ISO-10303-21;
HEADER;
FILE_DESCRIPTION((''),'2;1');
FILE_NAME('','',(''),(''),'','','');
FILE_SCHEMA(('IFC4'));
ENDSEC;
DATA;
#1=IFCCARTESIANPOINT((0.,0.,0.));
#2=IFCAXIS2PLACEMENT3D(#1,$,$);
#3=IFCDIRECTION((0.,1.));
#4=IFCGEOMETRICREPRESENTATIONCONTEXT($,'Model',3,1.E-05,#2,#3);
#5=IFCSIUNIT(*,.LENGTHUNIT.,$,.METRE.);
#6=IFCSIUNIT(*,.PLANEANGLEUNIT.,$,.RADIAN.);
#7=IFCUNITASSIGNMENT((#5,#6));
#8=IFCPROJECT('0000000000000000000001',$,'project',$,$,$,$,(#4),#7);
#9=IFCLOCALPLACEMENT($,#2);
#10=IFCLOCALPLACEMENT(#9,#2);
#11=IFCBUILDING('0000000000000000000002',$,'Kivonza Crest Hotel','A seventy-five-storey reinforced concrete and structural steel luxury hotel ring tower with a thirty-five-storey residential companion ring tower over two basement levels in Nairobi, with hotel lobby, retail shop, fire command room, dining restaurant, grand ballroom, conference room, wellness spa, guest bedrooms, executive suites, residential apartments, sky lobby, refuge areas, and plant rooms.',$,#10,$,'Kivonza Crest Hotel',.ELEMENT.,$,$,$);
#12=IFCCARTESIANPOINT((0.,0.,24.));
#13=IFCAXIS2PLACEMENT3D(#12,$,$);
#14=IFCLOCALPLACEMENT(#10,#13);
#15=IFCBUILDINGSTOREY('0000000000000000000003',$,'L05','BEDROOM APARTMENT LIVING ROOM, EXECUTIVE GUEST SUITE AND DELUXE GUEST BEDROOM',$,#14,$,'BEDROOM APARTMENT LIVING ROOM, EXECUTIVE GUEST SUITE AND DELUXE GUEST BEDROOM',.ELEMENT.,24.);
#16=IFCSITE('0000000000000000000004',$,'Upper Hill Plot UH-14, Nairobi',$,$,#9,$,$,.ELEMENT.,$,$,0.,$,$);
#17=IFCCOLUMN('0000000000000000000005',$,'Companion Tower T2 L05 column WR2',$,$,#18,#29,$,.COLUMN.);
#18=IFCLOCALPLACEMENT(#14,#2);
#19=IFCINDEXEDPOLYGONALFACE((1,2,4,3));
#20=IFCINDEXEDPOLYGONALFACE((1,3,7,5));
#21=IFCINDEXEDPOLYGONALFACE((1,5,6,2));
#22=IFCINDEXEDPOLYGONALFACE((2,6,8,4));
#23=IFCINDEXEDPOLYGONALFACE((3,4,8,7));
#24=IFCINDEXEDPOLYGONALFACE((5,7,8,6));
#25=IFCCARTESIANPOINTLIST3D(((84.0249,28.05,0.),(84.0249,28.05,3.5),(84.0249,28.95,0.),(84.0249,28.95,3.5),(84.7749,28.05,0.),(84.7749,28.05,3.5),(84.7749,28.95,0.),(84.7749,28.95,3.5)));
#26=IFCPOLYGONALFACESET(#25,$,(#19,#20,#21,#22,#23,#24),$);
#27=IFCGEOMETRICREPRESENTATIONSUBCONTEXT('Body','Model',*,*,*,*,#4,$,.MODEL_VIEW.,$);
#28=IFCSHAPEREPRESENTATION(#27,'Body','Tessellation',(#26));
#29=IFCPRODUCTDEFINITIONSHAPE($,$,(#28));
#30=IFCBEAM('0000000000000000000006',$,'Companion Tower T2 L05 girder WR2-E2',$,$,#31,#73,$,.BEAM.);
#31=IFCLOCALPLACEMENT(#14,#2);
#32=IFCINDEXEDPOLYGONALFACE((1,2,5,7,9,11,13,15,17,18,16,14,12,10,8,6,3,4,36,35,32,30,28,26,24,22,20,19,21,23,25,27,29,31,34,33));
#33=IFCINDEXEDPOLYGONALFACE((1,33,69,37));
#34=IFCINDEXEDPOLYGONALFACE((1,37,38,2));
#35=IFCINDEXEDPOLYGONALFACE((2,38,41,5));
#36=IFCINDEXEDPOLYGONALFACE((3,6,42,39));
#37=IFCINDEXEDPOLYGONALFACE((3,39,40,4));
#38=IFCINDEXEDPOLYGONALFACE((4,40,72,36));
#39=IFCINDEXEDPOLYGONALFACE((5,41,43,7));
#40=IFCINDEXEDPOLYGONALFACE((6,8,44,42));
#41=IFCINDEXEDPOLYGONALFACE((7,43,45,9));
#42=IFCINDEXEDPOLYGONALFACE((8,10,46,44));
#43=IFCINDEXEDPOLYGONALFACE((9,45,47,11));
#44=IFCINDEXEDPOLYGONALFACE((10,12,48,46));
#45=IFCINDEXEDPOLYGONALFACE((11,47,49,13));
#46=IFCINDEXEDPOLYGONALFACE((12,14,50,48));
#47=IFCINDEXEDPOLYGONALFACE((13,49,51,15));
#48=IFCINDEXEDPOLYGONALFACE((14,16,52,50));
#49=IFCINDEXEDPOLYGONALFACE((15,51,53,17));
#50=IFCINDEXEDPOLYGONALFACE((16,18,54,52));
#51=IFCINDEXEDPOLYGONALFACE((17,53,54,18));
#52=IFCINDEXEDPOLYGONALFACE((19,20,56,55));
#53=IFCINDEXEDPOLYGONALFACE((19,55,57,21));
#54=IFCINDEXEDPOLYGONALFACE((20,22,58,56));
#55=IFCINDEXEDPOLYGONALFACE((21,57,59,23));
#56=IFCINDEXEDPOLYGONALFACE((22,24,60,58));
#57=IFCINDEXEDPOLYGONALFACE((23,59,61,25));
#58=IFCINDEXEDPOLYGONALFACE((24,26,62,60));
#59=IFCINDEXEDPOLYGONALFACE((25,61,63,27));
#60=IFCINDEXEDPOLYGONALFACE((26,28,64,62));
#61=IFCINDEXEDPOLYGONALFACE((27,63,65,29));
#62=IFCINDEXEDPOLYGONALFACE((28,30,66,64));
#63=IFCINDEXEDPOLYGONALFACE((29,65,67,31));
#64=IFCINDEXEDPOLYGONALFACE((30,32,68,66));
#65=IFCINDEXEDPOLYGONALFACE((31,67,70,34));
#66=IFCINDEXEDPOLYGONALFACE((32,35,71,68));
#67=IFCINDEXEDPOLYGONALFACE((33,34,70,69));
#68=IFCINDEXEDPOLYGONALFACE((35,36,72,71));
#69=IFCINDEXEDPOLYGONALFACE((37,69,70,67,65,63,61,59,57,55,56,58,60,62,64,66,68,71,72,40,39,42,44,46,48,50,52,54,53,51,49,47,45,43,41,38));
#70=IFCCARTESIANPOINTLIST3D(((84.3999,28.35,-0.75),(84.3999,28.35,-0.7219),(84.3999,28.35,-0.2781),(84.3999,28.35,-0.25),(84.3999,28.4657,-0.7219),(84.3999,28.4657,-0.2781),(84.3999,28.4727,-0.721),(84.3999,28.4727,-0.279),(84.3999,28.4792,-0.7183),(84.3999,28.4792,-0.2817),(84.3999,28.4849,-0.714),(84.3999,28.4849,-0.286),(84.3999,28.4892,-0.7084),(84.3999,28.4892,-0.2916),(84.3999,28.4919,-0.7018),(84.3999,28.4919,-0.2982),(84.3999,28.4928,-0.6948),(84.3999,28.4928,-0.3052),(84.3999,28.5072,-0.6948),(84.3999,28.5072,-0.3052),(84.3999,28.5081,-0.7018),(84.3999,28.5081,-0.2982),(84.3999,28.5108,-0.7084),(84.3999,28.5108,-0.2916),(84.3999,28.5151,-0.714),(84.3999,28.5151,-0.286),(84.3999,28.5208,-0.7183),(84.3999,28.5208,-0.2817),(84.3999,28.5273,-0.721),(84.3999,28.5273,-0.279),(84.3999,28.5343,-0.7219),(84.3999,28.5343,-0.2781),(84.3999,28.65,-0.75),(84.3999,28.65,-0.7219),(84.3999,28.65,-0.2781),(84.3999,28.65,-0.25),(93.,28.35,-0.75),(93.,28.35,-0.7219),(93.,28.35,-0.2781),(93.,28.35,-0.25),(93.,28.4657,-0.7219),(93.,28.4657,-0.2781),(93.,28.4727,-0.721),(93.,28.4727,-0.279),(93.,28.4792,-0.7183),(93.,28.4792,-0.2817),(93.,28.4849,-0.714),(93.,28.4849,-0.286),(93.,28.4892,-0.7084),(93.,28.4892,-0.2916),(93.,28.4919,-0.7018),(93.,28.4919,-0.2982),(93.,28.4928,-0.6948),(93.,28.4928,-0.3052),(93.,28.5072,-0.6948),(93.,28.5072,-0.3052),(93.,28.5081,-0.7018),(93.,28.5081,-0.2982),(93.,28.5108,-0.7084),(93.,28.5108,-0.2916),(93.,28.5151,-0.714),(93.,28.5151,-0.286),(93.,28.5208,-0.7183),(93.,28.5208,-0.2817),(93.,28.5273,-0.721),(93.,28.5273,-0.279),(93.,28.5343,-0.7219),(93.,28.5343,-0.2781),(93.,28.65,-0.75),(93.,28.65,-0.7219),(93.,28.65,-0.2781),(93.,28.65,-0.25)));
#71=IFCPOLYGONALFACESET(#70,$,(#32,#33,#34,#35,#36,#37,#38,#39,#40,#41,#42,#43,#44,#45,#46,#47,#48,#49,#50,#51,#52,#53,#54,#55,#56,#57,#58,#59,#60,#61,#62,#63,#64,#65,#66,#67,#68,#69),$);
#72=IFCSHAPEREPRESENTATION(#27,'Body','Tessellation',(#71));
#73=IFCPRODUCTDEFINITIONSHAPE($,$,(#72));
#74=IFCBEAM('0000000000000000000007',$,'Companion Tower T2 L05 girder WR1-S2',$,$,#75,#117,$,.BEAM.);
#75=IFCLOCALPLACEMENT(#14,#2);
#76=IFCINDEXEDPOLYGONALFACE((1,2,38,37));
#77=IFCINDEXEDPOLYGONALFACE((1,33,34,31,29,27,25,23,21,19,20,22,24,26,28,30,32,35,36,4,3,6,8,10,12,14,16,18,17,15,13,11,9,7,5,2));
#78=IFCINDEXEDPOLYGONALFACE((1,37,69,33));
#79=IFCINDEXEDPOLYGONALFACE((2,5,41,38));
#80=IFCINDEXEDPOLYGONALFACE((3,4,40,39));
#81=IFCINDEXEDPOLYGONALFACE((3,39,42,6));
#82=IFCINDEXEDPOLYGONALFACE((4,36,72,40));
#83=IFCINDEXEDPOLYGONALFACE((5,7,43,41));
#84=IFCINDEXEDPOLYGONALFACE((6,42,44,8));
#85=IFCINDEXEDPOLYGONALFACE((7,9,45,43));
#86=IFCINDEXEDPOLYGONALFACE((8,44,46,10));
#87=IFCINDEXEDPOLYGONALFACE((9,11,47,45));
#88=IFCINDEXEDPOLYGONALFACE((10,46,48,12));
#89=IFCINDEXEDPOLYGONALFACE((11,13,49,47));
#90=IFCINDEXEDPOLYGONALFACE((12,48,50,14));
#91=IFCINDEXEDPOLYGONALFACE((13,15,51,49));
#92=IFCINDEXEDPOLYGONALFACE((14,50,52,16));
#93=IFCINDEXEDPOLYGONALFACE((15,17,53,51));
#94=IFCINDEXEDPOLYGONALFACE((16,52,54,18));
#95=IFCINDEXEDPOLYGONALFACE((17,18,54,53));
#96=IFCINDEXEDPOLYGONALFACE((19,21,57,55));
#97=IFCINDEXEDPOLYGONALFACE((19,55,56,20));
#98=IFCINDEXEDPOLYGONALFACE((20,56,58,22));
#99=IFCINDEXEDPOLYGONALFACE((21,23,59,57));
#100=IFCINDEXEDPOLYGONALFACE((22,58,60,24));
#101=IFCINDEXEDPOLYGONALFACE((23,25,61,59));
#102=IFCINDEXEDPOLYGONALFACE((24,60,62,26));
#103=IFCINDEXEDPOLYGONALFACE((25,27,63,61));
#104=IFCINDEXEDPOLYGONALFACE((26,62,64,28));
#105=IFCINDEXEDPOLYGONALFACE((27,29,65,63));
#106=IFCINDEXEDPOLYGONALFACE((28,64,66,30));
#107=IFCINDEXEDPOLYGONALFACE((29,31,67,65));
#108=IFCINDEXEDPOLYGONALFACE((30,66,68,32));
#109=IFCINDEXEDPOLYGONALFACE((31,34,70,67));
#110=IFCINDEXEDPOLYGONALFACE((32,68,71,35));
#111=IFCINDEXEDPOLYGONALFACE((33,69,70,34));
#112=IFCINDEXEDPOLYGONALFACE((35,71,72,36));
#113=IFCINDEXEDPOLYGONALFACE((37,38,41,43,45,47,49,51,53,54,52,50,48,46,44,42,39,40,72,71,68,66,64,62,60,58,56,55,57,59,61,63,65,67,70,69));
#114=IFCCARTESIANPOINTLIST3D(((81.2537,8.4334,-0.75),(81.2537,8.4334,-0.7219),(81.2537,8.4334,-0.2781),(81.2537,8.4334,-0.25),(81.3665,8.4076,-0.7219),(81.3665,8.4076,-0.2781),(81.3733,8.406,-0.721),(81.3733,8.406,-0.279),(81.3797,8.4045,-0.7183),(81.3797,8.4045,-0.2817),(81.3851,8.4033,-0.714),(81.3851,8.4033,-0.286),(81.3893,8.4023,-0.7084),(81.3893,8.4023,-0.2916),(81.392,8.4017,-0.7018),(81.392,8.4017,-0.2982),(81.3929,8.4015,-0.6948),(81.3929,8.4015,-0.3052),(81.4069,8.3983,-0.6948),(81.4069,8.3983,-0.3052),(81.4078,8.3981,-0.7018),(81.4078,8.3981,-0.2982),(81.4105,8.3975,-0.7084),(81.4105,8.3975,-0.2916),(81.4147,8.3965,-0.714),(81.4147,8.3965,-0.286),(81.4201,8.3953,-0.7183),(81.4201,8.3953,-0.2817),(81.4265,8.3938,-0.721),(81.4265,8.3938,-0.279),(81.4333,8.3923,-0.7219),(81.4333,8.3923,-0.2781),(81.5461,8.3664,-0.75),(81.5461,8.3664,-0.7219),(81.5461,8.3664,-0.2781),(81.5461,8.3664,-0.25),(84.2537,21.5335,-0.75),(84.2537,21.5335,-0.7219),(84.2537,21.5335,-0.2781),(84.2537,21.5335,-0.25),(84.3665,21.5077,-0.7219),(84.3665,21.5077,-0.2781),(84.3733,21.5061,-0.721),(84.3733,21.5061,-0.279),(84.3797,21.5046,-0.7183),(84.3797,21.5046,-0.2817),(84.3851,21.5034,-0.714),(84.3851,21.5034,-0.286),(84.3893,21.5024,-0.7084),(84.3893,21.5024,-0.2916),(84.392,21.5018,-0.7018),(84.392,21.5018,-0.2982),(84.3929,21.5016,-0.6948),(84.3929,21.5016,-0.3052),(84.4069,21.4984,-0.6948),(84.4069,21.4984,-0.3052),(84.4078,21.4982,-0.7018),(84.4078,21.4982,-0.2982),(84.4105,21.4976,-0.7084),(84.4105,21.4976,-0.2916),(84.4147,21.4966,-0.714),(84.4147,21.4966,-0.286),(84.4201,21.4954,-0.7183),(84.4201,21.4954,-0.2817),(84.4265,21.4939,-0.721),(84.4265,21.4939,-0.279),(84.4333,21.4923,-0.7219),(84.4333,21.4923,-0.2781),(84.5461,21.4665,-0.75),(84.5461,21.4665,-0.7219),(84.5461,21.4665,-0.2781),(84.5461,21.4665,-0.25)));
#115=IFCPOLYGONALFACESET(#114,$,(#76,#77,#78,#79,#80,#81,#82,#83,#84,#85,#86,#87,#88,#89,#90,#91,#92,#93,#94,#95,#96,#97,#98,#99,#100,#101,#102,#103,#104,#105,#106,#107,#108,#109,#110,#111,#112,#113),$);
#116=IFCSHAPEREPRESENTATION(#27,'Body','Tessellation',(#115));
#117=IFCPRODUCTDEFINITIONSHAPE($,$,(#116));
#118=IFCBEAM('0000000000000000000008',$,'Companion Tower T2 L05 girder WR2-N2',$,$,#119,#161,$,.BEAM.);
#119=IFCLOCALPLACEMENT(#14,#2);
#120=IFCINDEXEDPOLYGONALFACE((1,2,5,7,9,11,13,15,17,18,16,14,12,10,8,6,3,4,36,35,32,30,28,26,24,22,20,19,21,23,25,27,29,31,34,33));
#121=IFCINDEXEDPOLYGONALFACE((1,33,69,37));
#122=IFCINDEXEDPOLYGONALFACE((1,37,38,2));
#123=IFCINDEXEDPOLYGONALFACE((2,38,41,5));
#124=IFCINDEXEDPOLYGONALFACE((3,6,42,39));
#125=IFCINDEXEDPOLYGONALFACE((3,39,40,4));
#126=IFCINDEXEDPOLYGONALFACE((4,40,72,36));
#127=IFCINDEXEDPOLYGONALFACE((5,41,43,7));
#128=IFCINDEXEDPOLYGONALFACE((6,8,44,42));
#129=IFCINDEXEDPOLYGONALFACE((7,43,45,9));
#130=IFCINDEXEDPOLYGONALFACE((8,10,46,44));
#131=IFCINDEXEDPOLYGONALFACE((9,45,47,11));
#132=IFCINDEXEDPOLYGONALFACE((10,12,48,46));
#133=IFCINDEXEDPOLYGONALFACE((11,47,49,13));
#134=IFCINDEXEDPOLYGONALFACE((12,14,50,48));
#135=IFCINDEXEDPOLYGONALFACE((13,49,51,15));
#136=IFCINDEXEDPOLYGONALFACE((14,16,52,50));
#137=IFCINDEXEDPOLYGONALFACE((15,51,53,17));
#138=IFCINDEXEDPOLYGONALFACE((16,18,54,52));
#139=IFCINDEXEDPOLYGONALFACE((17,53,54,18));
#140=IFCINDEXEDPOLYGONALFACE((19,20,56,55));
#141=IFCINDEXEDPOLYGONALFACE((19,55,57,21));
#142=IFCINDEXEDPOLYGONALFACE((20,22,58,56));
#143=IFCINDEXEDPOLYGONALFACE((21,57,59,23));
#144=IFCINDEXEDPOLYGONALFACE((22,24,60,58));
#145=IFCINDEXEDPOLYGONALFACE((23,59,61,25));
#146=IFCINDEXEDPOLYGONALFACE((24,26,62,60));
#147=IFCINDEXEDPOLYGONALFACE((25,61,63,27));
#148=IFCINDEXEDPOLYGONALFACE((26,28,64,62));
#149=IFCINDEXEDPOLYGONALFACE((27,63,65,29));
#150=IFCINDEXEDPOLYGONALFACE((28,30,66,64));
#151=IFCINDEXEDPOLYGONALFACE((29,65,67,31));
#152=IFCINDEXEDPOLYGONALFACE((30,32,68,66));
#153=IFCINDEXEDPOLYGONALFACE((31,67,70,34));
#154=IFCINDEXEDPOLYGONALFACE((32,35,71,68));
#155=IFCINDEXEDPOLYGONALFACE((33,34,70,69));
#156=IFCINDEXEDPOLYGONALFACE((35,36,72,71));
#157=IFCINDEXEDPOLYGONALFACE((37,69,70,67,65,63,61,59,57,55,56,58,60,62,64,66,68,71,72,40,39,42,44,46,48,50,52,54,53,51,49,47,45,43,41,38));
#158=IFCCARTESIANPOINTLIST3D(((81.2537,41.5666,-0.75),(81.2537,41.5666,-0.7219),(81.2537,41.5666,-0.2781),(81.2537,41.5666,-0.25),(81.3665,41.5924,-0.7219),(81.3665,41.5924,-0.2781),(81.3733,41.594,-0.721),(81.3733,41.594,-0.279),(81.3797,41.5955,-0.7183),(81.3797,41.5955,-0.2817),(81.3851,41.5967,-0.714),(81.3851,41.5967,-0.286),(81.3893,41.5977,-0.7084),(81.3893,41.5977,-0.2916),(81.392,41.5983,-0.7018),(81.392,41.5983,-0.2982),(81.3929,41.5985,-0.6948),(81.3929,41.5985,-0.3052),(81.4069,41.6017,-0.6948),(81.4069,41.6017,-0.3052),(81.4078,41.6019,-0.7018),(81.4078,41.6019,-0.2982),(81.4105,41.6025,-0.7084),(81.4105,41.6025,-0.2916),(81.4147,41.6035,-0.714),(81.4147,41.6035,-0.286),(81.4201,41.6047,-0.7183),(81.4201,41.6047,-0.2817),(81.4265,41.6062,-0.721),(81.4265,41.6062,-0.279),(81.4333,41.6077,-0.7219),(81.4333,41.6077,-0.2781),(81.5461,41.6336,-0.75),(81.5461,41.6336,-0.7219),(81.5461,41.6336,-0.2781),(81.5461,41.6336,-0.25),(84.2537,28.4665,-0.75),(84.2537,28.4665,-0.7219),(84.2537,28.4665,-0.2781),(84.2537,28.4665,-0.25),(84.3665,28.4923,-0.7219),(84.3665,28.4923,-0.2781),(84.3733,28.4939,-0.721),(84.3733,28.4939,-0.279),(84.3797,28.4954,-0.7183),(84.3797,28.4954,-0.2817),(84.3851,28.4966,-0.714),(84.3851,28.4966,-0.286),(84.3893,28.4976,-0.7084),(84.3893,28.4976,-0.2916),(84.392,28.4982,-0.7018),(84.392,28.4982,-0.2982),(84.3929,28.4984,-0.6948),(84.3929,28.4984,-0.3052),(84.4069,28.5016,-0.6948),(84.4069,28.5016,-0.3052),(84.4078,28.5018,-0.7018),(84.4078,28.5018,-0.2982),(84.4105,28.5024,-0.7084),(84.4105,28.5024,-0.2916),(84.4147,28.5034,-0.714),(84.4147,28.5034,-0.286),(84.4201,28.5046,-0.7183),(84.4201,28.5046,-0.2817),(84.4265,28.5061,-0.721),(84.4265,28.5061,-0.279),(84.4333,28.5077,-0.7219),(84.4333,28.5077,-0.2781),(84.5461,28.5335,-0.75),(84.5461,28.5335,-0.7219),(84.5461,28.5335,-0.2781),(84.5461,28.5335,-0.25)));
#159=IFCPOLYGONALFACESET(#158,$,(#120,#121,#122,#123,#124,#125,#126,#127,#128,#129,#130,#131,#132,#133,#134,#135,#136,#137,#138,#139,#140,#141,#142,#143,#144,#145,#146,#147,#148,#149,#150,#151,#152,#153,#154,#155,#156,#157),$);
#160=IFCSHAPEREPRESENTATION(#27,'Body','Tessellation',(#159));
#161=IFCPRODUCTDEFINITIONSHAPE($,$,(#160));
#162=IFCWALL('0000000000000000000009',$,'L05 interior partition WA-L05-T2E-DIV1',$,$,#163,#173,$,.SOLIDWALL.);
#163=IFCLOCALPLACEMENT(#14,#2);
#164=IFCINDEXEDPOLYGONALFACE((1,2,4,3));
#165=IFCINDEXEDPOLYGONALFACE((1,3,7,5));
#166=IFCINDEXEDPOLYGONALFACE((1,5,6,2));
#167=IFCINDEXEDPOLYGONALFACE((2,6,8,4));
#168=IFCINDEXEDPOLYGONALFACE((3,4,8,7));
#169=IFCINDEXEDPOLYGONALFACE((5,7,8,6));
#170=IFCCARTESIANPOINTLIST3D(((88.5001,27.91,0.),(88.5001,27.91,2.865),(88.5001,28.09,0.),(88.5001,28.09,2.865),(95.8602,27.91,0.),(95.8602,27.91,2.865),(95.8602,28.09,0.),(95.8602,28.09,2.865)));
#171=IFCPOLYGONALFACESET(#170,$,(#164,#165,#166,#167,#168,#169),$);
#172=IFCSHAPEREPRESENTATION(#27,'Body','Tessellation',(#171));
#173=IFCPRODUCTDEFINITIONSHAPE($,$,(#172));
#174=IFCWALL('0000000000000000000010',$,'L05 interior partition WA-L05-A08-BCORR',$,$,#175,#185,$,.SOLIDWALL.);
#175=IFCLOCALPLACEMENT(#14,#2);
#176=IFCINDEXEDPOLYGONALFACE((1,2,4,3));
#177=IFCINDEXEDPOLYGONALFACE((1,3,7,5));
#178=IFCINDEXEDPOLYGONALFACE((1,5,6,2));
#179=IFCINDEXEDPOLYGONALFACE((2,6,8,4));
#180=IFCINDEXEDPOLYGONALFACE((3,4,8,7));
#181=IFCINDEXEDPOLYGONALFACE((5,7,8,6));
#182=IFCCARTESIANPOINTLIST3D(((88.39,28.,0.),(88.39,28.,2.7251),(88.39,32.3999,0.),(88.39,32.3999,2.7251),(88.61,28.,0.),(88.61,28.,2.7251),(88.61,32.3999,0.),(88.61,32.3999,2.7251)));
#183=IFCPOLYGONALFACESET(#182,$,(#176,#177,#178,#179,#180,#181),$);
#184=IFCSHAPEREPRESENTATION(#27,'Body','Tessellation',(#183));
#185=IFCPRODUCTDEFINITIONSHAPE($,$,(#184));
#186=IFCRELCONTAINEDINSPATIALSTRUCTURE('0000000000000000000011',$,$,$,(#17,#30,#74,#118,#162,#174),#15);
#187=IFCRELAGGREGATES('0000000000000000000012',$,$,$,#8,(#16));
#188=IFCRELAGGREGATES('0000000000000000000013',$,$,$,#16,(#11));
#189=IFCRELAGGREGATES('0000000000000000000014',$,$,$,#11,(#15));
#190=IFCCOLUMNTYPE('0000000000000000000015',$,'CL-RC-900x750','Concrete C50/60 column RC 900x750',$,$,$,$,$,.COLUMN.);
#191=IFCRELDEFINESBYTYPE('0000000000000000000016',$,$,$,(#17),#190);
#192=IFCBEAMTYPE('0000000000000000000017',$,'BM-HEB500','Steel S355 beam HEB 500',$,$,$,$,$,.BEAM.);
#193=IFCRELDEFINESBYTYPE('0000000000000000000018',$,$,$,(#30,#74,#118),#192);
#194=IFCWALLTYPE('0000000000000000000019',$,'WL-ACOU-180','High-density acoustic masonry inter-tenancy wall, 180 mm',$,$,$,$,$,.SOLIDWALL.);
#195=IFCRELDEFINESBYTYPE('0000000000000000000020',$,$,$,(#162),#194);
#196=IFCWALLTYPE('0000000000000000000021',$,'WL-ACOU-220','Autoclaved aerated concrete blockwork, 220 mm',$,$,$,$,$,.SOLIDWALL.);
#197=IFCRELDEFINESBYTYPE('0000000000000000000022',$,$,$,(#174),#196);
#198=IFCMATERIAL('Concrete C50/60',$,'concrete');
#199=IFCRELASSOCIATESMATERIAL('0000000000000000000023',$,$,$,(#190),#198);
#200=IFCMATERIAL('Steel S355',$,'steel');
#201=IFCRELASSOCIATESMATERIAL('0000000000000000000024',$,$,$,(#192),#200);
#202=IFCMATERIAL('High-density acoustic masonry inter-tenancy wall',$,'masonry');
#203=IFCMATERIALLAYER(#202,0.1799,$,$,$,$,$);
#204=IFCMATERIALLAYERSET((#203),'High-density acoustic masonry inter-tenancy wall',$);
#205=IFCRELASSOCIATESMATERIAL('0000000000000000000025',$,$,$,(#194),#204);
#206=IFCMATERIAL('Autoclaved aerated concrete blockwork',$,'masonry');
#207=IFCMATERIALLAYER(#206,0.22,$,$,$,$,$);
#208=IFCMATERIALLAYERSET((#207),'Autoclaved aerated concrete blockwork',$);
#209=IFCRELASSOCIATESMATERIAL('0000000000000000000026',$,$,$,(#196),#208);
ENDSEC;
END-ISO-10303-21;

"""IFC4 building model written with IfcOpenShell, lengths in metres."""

from ifc_helpers import new_model, si_unit, direction, frame, frame_2d, origin, origin_2d, place, context, subcontext, project, spatial, rectangle, i_section, extrude, material, layer, layer_set, material_profile, profile_set, type_object, element, save


model = new_model("IFC4")

# Units and contexts
model_context = context("Model", 3, precision=1e-05, world=origin(), true_north=direction((0.0, 1.0)))
body_context = subcontext(model_context, "Body", "Model", "MODEL_VIEW")
ifc_project = project(units=[si_unit("LENGTHUNIT", "METRE"), si_unit("PLANEANGLEUNIT", "RADIAN")], contexts=[model_context])

# Site, building, storey
site_placement = place(None, origin())
site = spatial("IfcSite", under=ifc_project, at=site_placement, Name="Upper Hill Plot UH-14, Nairobi", CompositionType="ELEMENT", RefElevation=0.0)
building_placement = place(site_placement, origin())
building = spatial("IfcBuilding", under=site, at=building_placement, Name="Kivonza Crest Hotel", Description="A seventy-five-storey reinforced concrete and structural steel luxury hotel ring tower with a thirty-five-storey residential companion ring tower over two basement levels in Nairobi, with hotel lobby, retail shop, fire command room, dining restaurant, grand ballroom, conference room, wellness spa, guest bedrooms, executive suites, residential apartments, sky lobby, refuge areas, and plant rooms.", LongName="Kivonza Crest Hotel", CompositionType="ELEMENT")
storey_placement = place(building_placement, frame((0.0, 0.0, 24.0)))
storey = spatial("IfcBuildingStorey", under=building, at=storey_placement, Name="L05", Description="BEDROOM APARTMENT LIVING ROOM, EXECUTIVE GUEST SUITE AND DELUXE GUEST BEDROOM", LongName="BEDROOM APARTMENT LIVING ROOM, EXECUTIVE GUEST SUITE AND DELUXE GUEST BEDROOM", CompositionType="ELEMENT", Elevation=24.0)

# Column
ifc_material_1 = material(Name="Concrete C50/60", Category="concrete")
ifc_material_profile_1 = material_profile(ifc_material_1, rectangle(XDim=0.75, YDim=0.8999, at=origin_2d()), Name="RC 900x750")
ifc_profile_set_1 = profile_set([ifc_material_profile_1], Name="Concrete C50/60")
column_type = type_object("IfcColumnType", Name="CL-RC-900x750", Description="Concrete C50/60 column RC 900x750", PredefinedType="COLUMN", material=ifc_profile_set_1)
column_placement = place(storey_placement, frame((84.3999, 28.5, 0.0), z_axis=(0.0, 0.0, 1.0), x_axis=(1.0, 0.0, 0.0)))
element("IfcColumn", 1, at=column_placement, inside=storey, type_object=column_type, Name="Companion Tower T2 L05 column WR2", PredefinedType="COLUMN", context=body_context, shape_type="SweptSolid", body=[
    extrude(rectangle(XDim=0.75, YDim=0.8999, at=origin_2d()), origin(), (0.0, 0.0, 1.0), 3.5),
])

# Beams
ifc_material_2 = material(Name="Steel S355", Category="steel")
ifc_material_profile_2 = material_profile(ifc_material_2, i_section(OverallWidth=0.3, OverallDepth=0.5, WebThickness=0.0144, FlangeThickness=0.0281, FilletRadius=0.0271, at=origin_2d()), Name="HEB 500")
ifc_profile_set_2 = profile_set([ifc_material_profile_2], Name="Steel S355")
beam_type = type_object("IfcBeamType", Name="BM-HEB500", Description="Steel S355 beam HEB 500", PredefinedType="BEAM", material=ifc_profile_set_2)
beam_placement = place(storey_placement, frame((84.3999, 28.5, -0.5), z_axis=(1.0, 0.0, 0.0), x_axis=(0.0, 1.0, 0.0)))
element("IfcBeam", 2, at=beam_placement, inside=storey, type_object=beam_type, Name="Companion Tower T2 L05 girder WR2-E2", PredefinedType="BEAM", context=body_context, shape_type="SweptSolid", body=[
    extrude(i_section(OverallWidth=0.3, OverallDepth=0.5, WebThickness=0.0144, FlangeThickness=0.0281, FilletRadius=0.0271, at=origin_2d()), origin(), (0.0, 0.0, 1.0), 8.6001),
])
for number, where, z_axis, x_axis, name in (
    (3, (84.3999, 21.5, -0.5), (-0.223227, -0.974766, 0.0), (0.974766, -0.223227, 0.0), "Companion Tower T2 L05 girder WR1-S2"),
    (4, (84.3999, 28.5, -0.5), (-0.223227, 0.974766, 0.0), (-0.974766, -0.223227, 0.0), "Companion Tower T2 L05 girder WR2-N2"),
):
    element("IfcBeam", number, at=place(storey_placement, frame(where, z_axis=z_axis, x_axis=x_axis)), inside=storey, type_object=beam_type, Name=name, PredefinedType="BEAM", context=body_context, shape_type="SweptSolid", body=[
        extrude(i_section(OverallWidth=0.3, OverallDepth=0.5, WebThickness=0.0144, FlangeThickness=0.0281, FilletRadius=0.0271, at=origin_2d()), origin(), (0.0, 0.0, 1.0), 13.4392),
    ])

# Walls
ifc_material_3 = material(Name="High-density acoustic masonry inter-tenancy wall", Category="masonry")
ifc_layer_1 = layer(ifc_material_3, 0.1799)
ifc_layer_set_1 = layer_set([ifc_layer_1], Name="High-density acoustic masonry inter-tenancy wall")
wall_type_1 = type_object("IfcWallType", Name="WL-ACOU-180", Description="High-density acoustic masonry inter-tenancy wall, 180 mm", PredefinedType="SOLIDWALL", material=ifc_layer_set_1)
wall_1_placement = place(storey_placement, frame((88.5, 28.0, 0.0), z_axis=(0.0, 0.0, 1.0), x_axis=(1.0, 0.0, 0.0)))
element("IfcWall", 5, at=wall_1_placement, inside=storey, type_object=wall_type_1, Name="L05 interior partition WA-L05-T2E-DIV1", PredefinedType="SOLIDWALL", context=body_context, shape_type="SweptSolid", body=[
    extrude(rectangle(XDim=7.3601, YDim=0.1799, at=frame_2d((3.6802, 0.0))), origin(), (0.0, 0.0, 1.0), 2.865),
])
ifc_material_4 = material(Name="Autoclaved aerated concrete blockwork", Category="masonry")
ifc_layer_2 = layer(ifc_material_4, 0.22)
ifc_layer_set_2 = layer_set([ifc_layer_2], Name="Autoclaved aerated concrete blockwork")
wall_type_2 = type_object("IfcWallType", Name="WL-ACOU-220", Description="Autoclaved aerated concrete blockwork, 220 mm", PredefinedType="SOLIDWALL", material=ifc_layer_set_2)
wall_2_placement = place(storey_placement, frame((88.5, 28.0, 0.0), z_axis=(0.0, 0.0, 1.0), x_axis=(0.0, 1.0, 0.0)))
element("IfcWall", 6, at=wall_2_placement, inside=storey, type_object=wall_type_2, Name="L05 interior partition WA-L05-A08-BCORR", PredefinedType="SOLIDWALL", context=body_context, shape_type="SweptSolid", body=[
    extrude(rectangle(XDim=4.3999, YDim=0.22, at=frame_2d((2.2, 0.0))), origin(), (0.0, 0.0, 1.0), 2.7251),
])

save(model, "model.ifc")
